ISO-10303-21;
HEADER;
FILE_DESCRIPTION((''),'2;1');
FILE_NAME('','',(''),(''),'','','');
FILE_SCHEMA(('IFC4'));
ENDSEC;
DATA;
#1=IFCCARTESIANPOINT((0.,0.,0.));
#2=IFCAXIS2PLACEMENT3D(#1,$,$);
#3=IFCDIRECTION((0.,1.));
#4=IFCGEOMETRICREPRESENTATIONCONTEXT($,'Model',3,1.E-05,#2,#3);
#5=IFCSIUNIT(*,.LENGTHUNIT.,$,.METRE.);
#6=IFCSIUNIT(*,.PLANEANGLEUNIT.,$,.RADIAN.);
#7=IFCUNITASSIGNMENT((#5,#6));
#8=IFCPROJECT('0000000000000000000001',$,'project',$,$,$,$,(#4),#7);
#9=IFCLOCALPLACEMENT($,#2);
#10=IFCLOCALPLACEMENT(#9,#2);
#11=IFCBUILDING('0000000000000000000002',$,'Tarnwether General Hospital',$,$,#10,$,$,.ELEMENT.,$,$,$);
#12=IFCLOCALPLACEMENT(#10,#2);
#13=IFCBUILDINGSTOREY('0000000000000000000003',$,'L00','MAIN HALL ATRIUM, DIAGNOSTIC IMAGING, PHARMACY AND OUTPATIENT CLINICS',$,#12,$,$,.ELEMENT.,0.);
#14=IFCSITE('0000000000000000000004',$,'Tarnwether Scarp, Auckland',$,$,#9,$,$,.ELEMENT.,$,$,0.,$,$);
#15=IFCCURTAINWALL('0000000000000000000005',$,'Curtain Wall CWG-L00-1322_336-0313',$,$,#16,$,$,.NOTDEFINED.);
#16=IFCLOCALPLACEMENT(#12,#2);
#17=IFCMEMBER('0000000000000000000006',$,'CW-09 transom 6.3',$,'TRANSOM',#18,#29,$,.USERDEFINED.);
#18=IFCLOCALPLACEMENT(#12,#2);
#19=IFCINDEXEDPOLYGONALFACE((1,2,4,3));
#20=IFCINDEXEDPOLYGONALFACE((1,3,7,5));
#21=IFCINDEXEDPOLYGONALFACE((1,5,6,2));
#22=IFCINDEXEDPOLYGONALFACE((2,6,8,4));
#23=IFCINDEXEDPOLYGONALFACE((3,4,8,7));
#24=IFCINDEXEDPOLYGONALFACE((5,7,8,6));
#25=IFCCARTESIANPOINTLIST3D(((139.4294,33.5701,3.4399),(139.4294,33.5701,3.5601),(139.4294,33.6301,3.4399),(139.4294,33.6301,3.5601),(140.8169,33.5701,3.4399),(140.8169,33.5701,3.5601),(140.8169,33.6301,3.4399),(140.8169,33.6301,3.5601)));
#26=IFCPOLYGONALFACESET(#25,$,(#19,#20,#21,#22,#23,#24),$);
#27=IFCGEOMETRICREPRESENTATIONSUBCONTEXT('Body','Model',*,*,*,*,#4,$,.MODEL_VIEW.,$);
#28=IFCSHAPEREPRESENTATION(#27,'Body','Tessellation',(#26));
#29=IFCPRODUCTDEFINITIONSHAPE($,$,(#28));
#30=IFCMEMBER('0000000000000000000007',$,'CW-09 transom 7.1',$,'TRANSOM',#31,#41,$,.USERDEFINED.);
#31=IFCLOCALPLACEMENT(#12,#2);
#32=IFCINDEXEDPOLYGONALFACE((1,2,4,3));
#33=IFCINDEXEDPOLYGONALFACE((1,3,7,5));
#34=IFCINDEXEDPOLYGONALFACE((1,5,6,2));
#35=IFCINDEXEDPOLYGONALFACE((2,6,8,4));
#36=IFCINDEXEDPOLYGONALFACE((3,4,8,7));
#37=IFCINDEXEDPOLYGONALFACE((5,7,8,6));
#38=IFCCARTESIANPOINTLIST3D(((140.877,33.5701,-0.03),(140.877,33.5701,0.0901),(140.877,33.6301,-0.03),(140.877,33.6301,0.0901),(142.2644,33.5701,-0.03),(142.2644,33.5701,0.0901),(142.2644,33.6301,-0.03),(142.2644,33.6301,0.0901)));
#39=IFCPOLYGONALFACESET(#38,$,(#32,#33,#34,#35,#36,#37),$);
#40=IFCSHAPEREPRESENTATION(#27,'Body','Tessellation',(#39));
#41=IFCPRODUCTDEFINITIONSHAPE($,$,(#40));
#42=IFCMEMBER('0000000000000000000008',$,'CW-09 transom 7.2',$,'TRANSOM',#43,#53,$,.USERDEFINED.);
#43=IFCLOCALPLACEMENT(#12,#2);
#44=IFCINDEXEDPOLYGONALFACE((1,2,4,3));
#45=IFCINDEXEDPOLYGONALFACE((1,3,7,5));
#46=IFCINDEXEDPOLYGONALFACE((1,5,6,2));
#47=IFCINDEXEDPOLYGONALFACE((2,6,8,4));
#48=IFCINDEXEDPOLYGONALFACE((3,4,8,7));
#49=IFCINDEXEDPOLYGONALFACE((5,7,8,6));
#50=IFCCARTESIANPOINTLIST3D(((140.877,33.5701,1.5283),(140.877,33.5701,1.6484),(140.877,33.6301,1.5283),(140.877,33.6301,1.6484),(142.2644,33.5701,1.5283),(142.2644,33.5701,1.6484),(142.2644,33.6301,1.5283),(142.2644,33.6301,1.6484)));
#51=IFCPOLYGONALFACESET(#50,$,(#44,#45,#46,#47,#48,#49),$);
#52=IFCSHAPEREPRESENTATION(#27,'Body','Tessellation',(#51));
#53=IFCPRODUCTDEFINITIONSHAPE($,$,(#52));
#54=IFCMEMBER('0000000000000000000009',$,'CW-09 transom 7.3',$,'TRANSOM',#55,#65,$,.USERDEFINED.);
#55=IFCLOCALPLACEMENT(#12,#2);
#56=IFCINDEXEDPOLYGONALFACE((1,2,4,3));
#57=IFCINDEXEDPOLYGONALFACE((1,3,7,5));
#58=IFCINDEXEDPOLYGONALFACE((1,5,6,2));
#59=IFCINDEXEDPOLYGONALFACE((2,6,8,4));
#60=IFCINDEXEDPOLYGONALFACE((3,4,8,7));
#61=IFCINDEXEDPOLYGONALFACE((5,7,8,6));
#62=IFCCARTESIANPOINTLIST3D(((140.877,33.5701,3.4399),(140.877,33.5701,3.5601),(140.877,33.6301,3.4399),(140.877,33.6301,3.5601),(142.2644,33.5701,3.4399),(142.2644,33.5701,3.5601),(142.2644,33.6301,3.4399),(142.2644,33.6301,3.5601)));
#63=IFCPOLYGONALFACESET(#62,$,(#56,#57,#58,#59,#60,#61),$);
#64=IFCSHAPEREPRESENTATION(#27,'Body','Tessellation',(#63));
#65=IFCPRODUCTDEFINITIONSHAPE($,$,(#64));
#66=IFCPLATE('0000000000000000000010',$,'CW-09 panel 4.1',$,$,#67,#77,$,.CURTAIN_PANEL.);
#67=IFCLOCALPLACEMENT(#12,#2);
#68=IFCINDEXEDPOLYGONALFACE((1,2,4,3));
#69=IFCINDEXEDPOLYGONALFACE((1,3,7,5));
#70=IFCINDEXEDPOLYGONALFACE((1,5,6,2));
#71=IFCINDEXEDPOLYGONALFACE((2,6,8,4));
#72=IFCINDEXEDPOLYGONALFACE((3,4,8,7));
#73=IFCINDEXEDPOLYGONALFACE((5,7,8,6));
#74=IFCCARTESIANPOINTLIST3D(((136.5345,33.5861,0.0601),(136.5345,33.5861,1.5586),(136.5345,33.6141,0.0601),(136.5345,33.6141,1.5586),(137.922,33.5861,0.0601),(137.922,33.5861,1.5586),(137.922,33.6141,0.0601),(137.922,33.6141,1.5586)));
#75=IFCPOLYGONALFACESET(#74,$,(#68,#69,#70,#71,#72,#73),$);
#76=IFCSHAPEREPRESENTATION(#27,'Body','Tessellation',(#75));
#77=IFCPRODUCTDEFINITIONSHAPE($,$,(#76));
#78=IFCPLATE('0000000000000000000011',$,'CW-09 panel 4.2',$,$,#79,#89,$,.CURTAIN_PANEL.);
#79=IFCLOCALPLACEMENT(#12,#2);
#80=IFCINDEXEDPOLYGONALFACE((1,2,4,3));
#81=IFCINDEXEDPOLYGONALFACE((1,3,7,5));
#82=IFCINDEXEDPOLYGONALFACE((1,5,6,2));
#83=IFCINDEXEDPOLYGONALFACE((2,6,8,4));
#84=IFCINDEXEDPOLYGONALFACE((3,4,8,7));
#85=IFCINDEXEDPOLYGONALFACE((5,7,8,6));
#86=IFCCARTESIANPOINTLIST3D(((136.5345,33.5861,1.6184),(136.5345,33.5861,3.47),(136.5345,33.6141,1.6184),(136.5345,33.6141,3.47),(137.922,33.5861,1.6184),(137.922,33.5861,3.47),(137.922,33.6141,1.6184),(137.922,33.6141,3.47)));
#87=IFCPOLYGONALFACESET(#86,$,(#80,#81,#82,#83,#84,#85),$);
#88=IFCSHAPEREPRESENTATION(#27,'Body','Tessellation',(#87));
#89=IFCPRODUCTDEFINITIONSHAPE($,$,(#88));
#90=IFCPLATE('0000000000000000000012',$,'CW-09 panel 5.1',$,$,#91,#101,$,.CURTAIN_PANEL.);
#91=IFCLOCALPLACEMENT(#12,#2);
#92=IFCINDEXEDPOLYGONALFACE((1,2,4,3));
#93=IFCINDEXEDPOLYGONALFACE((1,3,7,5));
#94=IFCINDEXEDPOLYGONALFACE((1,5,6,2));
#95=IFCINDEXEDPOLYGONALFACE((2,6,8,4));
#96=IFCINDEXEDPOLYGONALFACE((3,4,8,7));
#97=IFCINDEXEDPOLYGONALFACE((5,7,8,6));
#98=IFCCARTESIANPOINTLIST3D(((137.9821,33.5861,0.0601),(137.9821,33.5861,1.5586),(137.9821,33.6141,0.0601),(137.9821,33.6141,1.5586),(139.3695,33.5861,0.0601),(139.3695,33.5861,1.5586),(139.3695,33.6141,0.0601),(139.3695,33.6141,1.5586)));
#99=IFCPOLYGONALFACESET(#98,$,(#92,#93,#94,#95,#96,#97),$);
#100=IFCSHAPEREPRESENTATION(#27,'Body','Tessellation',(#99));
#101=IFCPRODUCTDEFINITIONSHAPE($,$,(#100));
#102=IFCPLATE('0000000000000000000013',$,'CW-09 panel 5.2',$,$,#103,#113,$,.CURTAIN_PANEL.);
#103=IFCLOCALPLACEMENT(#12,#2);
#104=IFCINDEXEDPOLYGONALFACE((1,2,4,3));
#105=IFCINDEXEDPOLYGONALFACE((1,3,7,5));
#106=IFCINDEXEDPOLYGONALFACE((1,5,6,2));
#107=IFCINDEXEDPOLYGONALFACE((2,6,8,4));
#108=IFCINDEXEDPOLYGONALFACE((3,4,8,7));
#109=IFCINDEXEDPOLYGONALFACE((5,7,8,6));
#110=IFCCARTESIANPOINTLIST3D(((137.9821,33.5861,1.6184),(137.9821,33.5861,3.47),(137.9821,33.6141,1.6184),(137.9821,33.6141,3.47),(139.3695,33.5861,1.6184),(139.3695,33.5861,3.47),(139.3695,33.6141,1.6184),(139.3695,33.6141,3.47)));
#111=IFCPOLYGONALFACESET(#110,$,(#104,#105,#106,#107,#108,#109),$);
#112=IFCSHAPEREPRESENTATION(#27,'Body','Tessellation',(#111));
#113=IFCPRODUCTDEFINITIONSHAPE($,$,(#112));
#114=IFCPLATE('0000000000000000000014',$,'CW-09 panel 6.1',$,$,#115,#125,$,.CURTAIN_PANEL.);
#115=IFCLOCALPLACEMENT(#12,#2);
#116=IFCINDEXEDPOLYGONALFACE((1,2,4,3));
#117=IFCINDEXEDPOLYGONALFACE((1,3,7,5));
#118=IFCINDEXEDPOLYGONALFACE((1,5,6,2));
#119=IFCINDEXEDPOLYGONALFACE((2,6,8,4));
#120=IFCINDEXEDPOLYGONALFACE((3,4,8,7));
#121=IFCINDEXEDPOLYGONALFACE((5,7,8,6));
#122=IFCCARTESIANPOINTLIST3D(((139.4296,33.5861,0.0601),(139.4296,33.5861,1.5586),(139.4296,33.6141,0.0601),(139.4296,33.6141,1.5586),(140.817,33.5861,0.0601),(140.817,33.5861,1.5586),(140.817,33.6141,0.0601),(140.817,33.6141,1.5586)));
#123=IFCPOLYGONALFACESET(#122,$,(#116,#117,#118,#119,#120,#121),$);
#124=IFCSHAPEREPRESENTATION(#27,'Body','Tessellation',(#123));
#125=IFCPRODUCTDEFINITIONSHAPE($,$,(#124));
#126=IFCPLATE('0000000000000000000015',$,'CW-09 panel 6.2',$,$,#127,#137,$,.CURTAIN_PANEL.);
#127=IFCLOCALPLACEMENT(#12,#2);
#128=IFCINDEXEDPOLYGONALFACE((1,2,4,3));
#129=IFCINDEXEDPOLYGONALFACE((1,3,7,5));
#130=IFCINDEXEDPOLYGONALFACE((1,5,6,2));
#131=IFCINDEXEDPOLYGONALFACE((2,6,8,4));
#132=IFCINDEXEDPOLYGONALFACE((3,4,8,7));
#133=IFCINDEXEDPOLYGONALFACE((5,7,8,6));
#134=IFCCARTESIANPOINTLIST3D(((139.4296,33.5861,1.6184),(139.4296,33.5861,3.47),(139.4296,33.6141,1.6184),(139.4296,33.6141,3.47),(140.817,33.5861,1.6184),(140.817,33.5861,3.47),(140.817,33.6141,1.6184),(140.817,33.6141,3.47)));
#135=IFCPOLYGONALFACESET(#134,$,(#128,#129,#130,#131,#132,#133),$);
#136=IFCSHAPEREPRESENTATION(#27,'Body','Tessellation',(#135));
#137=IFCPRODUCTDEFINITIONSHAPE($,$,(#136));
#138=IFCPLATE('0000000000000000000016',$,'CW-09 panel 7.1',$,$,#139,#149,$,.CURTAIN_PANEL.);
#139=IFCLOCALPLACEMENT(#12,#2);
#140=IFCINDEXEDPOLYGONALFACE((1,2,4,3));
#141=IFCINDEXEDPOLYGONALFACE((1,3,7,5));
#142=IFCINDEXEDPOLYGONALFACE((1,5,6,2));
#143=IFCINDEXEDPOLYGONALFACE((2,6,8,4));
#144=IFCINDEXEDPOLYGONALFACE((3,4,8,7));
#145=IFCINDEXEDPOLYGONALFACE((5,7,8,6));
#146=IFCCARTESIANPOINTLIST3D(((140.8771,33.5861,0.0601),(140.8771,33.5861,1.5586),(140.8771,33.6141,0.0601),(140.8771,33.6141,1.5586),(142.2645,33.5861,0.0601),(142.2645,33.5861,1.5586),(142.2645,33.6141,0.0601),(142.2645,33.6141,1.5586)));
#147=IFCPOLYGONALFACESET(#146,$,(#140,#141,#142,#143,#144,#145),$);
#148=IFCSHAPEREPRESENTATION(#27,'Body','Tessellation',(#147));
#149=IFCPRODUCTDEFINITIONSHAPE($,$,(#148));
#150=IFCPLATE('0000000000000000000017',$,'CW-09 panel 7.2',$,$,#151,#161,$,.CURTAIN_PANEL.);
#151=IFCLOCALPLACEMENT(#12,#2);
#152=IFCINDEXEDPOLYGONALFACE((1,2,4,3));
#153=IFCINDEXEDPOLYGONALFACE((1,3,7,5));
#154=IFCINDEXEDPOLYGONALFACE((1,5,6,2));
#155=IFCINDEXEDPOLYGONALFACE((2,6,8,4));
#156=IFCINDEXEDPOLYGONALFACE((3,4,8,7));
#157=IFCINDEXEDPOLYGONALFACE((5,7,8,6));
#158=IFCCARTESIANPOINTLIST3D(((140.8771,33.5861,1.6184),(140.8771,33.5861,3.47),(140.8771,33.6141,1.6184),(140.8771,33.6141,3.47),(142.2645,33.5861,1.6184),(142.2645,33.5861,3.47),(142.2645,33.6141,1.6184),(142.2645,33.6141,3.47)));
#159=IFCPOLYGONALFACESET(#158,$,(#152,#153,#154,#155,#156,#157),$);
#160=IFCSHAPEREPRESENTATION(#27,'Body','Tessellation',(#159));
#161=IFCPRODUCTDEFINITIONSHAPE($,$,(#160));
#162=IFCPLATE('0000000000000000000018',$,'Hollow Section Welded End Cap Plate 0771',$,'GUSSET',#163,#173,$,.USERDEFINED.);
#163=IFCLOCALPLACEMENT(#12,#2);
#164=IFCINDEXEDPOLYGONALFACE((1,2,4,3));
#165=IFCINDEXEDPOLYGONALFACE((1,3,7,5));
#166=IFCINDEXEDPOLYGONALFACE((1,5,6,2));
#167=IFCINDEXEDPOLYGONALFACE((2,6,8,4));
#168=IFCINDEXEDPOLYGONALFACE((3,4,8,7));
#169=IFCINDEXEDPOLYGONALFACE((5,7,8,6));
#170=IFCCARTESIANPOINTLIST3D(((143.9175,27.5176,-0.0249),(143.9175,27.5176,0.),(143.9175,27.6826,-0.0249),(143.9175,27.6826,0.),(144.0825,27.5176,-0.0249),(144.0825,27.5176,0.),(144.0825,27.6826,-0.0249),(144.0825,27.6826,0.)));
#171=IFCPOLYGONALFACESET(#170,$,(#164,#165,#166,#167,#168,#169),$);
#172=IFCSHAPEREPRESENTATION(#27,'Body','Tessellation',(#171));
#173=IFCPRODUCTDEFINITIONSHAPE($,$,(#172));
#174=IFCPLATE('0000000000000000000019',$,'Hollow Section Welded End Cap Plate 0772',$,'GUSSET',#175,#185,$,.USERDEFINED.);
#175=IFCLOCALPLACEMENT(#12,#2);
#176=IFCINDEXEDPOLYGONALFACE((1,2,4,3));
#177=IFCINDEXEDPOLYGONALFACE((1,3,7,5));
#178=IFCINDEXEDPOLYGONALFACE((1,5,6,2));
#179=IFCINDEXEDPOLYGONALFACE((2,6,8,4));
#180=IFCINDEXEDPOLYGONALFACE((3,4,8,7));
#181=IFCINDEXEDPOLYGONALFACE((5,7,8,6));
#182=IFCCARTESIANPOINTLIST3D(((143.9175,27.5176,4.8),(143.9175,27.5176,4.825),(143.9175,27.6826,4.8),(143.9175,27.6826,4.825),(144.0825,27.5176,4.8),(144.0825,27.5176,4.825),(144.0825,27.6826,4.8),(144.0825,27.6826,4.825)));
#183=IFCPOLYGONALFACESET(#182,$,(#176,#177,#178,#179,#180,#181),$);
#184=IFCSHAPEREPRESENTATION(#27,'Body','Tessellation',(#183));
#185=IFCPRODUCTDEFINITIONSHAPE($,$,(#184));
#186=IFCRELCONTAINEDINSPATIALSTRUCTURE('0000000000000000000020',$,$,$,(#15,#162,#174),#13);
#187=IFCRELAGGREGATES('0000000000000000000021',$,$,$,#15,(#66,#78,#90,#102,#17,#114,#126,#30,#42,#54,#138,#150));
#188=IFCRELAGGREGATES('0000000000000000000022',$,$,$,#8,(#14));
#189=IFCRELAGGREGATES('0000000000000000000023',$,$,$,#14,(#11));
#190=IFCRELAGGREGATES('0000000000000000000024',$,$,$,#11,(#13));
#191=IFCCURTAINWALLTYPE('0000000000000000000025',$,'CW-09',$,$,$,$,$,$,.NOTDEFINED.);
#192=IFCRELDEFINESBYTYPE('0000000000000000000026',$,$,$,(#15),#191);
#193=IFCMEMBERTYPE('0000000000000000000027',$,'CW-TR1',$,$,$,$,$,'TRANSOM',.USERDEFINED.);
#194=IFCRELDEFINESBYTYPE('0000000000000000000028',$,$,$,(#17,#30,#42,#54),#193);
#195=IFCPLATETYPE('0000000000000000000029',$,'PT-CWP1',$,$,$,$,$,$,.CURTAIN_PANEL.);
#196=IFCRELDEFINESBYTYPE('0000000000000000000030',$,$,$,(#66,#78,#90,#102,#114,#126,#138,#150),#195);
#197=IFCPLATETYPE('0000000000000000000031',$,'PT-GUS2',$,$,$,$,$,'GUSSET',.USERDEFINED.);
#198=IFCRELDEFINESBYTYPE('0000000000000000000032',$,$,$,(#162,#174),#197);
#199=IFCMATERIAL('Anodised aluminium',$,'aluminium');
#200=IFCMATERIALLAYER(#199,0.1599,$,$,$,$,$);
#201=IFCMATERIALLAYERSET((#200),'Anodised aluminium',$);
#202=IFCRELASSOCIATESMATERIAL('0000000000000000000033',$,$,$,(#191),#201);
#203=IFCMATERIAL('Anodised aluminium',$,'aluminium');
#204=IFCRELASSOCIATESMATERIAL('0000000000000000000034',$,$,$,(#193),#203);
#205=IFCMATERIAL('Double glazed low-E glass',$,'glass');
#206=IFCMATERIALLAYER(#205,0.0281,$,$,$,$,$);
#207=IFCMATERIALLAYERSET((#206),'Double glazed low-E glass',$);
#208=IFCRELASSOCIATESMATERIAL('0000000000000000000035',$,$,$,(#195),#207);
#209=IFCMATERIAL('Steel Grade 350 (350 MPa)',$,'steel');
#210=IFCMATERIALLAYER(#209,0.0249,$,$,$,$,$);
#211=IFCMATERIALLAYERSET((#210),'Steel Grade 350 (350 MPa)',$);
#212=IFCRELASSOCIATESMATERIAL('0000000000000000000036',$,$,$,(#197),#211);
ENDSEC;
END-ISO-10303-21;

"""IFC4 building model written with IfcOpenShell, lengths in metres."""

from ifc_helpers import new_model, si_unit, direction, frame, origin, origin_2d, place, context, subcontext, project, spatial, rectangle, extrude, material, layer, layer_set, material_profile, profile_set, type_object, element, aggregate, save


model = new_model("IFC4")

# Units and contexts
model_context = context("Model", 3, precision=1e-05, world=origin(), true_north=direction((0.0, 1.0)))
body_context = subcontext(model_context, "Body", "Model", "MODEL_VIEW")
ifc_project = project(units=[si_unit("LENGTHUNIT", "METRE"), si_unit("PLANEANGLEUNIT", "RADIAN")], contexts=[model_context])

# Site, building, storey
site_placement = place(None, origin())
site = spatial("IfcSite", under=ifc_project, at=site_placement, Name="Tarnwether Scarp, Auckland", CompositionType="ELEMENT", RefElevation=0.0)
building_placement = place(site_placement, origin())
building = spatial("IfcBuilding", under=site, at=building_placement, Name="Tarnwether General Hospital", CompositionType="ELEMENT")
storey_placement = place(building_placement, origin())
storey = spatial("IfcBuildingStorey", under=building, at=storey_placement, Name="L00", Description="MAIN HALL ATRIUM, DIAGNOSTIC IMAGING, PHARMACY AND OUTPATIENT CLINICS", CompositionType="ELEMENT", Elevation=0.0)

# Curtain wall, members, plates
ifc_material_1 = material(Name="Anodised aluminium", Category="aluminium")
ifc_layer_1 = layer(ifc_material_1, 0.1599)
ifc_layer_set_1 = layer_set([ifc_layer_1], Name="Anodised aluminium")
curtain_wall_type = type_object("IfcCurtainWallType", Name="CW-09", PredefinedType="NOTDEFINED", material=ifc_layer_set_1)
curtain_wall_placement = place(storey_placement, origin())
curtain_wall = element("IfcCurtainWall", 1, at=curtain_wall_placement, inside=storey, type_object=curtain_wall_type, Name="Curtain Wall CWG-L00-1322_336-0313", PredefinedType="NOTDEFINED")
ifc_material_2 = material(Name="Anodised aluminium", Category="aluminium")
ifc_material_profile_1 = material_profile(ifc_material_2, rectangle(XDim=0.0601, YDim=0.1201, at=origin_2d()), Name="ALU-TRN-60x120")
ifc_profile_set_1 = profile_set([ifc_material_profile_1], Name="Anodised aluminium")
member_type_1 = type_object("IfcMemberType", Name="CW-TR1", ElementType="TRANSOM", PredefinedType="USERDEFINED", material=ifc_profile_set_1)
member_1_placement = place(storey_placement, frame((139.4294, 33.6001, 3.5), z_axis=(1.0, 0.0, 0.0), x_axis=(0.0, 1.0, 0.0)))
member_1 = element("IfcMember", 2, at=member_1_placement, type_object=member_type_1, Name="CW-09 transom 6.3", ObjectType="TRANSOM", PredefinedType="USERDEFINED", context=body_context, shape_type="SweptSolid", body=[
    extrude(rectangle(XDim=0.0601, YDim=0.1201, at=origin_2d()), origin(), (0.0, 0.0, 1.0), 1.3875),
])
member_2_placement = place(storey_placement, frame((140.877, 33.6001, 0.03), z_axis=(1.0, 0.0, 0.0), x_axis=(0.0, 1.0, 0.0)))
member_2 = element("IfcMember", 3, at=member_2_placement, type_object=member_type_1, Name="CW-09 transom 7.1", ObjectType="TRANSOM", PredefinedType="USERDEFINED", context=body_context, shape_type="SweptSolid", body=[
    extrude(rectangle(XDim=0.0601, YDim=0.1201, at=origin_2d()), origin(), (0.0, 0.0, 1.0), 1.3875),
])
member_3_placement = place(storey_placement, frame((140.877, 33.6001, 1.5884), z_axis=(1.0, 0.0, 0.0), x_axis=(0.0, 1.0, 0.0)))
member_3 = element("IfcMember", 4, at=member_3_placement, type_object=member_type_1, Name="CW-09 transom 7.2", ObjectType="TRANSOM", PredefinedType="USERDEFINED", context=body_context, shape_type="SweptSolid", body=[
    extrude(rectangle(XDim=0.0601, YDim=0.1201, at=origin_2d()), origin(), (0.0, 0.0, 1.0), 1.3875),
])
member_4_placement = place(storey_placement, frame((140.877, 33.6001, 3.5), z_axis=(1.0, 0.0, 0.0), x_axis=(0.0, 1.0, 0.0)))
member_4 = element("IfcMember", 5, at=member_4_placement, type_object=member_type_1, Name="CW-09 transom 7.3", ObjectType="TRANSOM", PredefinedType="USERDEFINED", context=body_context, shape_type="SweptSolid", body=[
    extrude(rectangle(XDim=0.0601, YDim=0.1201, at=origin_2d()), origin(), (0.0, 0.0, 1.0), 1.3875),
])
ifc_material_3 = material(Name="Double glazed low-E glass", Category="glass")
ifc_layer_2 = layer(ifc_material_3, 0.0281)
ifc_layer_set_2 = layer_set([ifc_layer_2], Name="Double glazed low-E glass")
plate_type_1 = type_object("IfcPlateType", Name="PT-CWP1", PredefinedType="CURTAIN_PANEL", material=ifc_layer_set_2)
plate_1_placement = place(storey_placement, frame((137.2283, 33.6001, 0.0601), z_axis=(0.0, 0.0, 1.0), x_axis=(1.0, 0.0, 0.0)))
plate_1 = element("IfcPlate", 6, at=plate_1_placement, type_object=plate_type_1, Name="CW-09 panel 4.1", PredefinedType="CURTAIN_PANEL", context=body_context, shape_type="SweptSolid", body=[
    extrude(rectangle(XDim=1.3875, YDim=0.0281, at=origin_2d()), origin(), (0.0, 0.0, 1.0), 1.4985),
])
plate_2_placement = place(storey_placement, frame((137.2283, 33.6001, 1.6184), z_axis=(0.0, 0.0, 1.0), x_axis=(1.0, 0.0, 0.0)))
plate_2 = element("IfcPlate", 7, at=plate_2_placement, type_object=plate_type_1, Name="CW-09 panel 4.2", PredefinedType="CURTAIN_PANEL", context=body_context, shape_type="SweptSolid", body=[
    extrude(rectangle(XDim=1.3875, YDim=0.0281, at=origin_2d()), origin(), (0.0, 0.0, 1.0), 1.8516),
])
plate_3_placement = place(storey_placement, frame((138.6758, 33.6001, 0.0601), z_axis=(0.0, 0.0, 1.0), x_axis=(1.0, 0.0, 0.0)))
plate_3 = element("IfcPlate", 8, at=plate_3_placement, type_object=plate_type_1, Name="CW-09 panel 5.1", PredefinedType="CURTAIN_PANEL", context=body_context, shape_type="SweptSolid", body=[
    extrude(rectangle(XDim=1.3875, YDim=0.0281, at=origin_2d()), origin(), (0.0, 0.0, 1.0), 1.4985),
])
plate_4_placement = place(storey_placement, frame((138.6758, 33.6001, 1.6184), z_axis=(0.0, 0.0, 1.0), x_axis=(1.0, 0.0, 0.0)))
plate_4 = element("IfcPlate", 9, at=plate_4_placement, type_object=plate_type_1, Name="CW-09 panel 5.2", PredefinedType="CURTAIN_PANEL", context=body_context, shape_type="SweptSolid", body=[
    extrude(rectangle(XDim=1.3875, YDim=0.0281, at=origin_2d()), origin(), (0.0, 0.0, 1.0), 1.8516),
])
plate_5_placement = place(storey_placement, frame((140.1233, 33.6001, 0.0601), z_axis=(0.0, 0.0, 1.0), x_axis=(1.0, 0.0, 0.0)))
plate_5 = element("IfcPlate", 10, at=plate_5_placement, type_object=plate_type_1, Name="CW-09 panel 6.1", PredefinedType="CURTAIN_PANEL", context=body_context, shape_type="SweptSolid", body=[
    extrude(rectangle(XDim=1.3875, YDim=0.0281, at=origin_2d()), origin(), (0.0, 0.0, 1.0), 1.4985),
])
plate_6_placement = place(storey_placement, frame((140.1233, 33.6001, 1.6184), z_axis=(0.0, 0.0, 1.0), x_axis=(1.0, 0.0, 0.0)))
plate_6 = element("IfcPlate", 11, at=plate_6_placement, type_object=plate_type_1, Name="CW-09 panel 6.2", PredefinedType="CURTAIN_PANEL", context=body_context, shape_type="SweptSolid", body=[
    extrude(rectangle(XDim=1.3875, YDim=0.0281, at=origin_2d()), origin(), (0.0, 0.0, 1.0), 1.8516),
])
plate_7_placement = place(storey_placement, frame((141.5708, 33.6001, 0.0601), z_axis=(0.0, 0.0, 1.0), x_axis=(1.0, 0.0, 0.0)))
plate_7 = element("IfcPlate", 12, at=plate_7_placement, type_object=plate_type_1, Name="CW-09 panel 7.1", PredefinedType="CURTAIN_PANEL", context=body_context, shape_type="SweptSolid", body=[
    extrude(rectangle(XDim=1.3875, YDim=0.0281, at=origin_2d()), origin(), (0.0, 0.0, 1.0), 1.4985),
])
plate_8_placement = place(storey_placement, frame((141.5708, 33.6001, 1.6184), z_axis=(0.0, 0.0, 1.0), x_axis=(1.0, 0.0, 0.0)))
plate_8 = element("IfcPlate", 13, at=plate_8_placement, type_object=plate_type_1, Name="CW-09 panel 7.2", PredefinedType="CURTAIN_PANEL", context=body_context, shape_type="SweptSolid", body=[
    extrude(rectangle(XDim=1.3875, YDim=0.0281, at=origin_2d()), origin(), (0.0, 0.0, 1.0), 1.8516),
])
aggregate(curtain_wall, [plate_1, plate_2, plate_3, plate_4, member_1, plate_5, plate_6, member_2, member_3, member_4, plate_7, plate_8])

# Plates
ifc_material_4 = material(Name="Steel Grade 350 (350 MPa)", Category="steel")
ifc_layer_3 = layer(ifc_material_4, 0.0249)
ifc_layer_set_3 = layer_set([ifc_layer_3], Name="Steel Grade 350 (350 MPa)")
plate_type_2 = type_object("IfcPlateType", Name="PT-GUS2", ElementType="GUSSET", PredefinedType="USERDEFINED", material=ifc_layer_set_3)
for number, where, z_axis, x_axis, name in (
    (14, (144.0, 27.6001, -0.0249), (0.0, 0.0, 1.0), (1.0, 0.0, 0.0), "Hollow Section Welded End Cap Plate 0771"),
    (15, (144.0, 27.6001, 4.8), (0.0, 0.0, 1.0), (1.0, 0.0, 0.0), "Hollow Section Welded End Cap Plate 0772"),
):
    element("IfcPlate", number, at=place(storey_placement, frame(where, z_axis=z_axis, x_axis=x_axis)), inside=storey, type_object=plate_type_2, Name=name, ObjectType="GUSSET", PredefinedType="USERDEFINED", context=body_context, shape_type="SweptSolid", body=[
        extrude(rectangle(XDim=0.165, YDim=0.165, at=origin_2d()), origin(), (0.0, 0.0, 1.0), 0.0249),
    ])

save(model, "model.ifc")
